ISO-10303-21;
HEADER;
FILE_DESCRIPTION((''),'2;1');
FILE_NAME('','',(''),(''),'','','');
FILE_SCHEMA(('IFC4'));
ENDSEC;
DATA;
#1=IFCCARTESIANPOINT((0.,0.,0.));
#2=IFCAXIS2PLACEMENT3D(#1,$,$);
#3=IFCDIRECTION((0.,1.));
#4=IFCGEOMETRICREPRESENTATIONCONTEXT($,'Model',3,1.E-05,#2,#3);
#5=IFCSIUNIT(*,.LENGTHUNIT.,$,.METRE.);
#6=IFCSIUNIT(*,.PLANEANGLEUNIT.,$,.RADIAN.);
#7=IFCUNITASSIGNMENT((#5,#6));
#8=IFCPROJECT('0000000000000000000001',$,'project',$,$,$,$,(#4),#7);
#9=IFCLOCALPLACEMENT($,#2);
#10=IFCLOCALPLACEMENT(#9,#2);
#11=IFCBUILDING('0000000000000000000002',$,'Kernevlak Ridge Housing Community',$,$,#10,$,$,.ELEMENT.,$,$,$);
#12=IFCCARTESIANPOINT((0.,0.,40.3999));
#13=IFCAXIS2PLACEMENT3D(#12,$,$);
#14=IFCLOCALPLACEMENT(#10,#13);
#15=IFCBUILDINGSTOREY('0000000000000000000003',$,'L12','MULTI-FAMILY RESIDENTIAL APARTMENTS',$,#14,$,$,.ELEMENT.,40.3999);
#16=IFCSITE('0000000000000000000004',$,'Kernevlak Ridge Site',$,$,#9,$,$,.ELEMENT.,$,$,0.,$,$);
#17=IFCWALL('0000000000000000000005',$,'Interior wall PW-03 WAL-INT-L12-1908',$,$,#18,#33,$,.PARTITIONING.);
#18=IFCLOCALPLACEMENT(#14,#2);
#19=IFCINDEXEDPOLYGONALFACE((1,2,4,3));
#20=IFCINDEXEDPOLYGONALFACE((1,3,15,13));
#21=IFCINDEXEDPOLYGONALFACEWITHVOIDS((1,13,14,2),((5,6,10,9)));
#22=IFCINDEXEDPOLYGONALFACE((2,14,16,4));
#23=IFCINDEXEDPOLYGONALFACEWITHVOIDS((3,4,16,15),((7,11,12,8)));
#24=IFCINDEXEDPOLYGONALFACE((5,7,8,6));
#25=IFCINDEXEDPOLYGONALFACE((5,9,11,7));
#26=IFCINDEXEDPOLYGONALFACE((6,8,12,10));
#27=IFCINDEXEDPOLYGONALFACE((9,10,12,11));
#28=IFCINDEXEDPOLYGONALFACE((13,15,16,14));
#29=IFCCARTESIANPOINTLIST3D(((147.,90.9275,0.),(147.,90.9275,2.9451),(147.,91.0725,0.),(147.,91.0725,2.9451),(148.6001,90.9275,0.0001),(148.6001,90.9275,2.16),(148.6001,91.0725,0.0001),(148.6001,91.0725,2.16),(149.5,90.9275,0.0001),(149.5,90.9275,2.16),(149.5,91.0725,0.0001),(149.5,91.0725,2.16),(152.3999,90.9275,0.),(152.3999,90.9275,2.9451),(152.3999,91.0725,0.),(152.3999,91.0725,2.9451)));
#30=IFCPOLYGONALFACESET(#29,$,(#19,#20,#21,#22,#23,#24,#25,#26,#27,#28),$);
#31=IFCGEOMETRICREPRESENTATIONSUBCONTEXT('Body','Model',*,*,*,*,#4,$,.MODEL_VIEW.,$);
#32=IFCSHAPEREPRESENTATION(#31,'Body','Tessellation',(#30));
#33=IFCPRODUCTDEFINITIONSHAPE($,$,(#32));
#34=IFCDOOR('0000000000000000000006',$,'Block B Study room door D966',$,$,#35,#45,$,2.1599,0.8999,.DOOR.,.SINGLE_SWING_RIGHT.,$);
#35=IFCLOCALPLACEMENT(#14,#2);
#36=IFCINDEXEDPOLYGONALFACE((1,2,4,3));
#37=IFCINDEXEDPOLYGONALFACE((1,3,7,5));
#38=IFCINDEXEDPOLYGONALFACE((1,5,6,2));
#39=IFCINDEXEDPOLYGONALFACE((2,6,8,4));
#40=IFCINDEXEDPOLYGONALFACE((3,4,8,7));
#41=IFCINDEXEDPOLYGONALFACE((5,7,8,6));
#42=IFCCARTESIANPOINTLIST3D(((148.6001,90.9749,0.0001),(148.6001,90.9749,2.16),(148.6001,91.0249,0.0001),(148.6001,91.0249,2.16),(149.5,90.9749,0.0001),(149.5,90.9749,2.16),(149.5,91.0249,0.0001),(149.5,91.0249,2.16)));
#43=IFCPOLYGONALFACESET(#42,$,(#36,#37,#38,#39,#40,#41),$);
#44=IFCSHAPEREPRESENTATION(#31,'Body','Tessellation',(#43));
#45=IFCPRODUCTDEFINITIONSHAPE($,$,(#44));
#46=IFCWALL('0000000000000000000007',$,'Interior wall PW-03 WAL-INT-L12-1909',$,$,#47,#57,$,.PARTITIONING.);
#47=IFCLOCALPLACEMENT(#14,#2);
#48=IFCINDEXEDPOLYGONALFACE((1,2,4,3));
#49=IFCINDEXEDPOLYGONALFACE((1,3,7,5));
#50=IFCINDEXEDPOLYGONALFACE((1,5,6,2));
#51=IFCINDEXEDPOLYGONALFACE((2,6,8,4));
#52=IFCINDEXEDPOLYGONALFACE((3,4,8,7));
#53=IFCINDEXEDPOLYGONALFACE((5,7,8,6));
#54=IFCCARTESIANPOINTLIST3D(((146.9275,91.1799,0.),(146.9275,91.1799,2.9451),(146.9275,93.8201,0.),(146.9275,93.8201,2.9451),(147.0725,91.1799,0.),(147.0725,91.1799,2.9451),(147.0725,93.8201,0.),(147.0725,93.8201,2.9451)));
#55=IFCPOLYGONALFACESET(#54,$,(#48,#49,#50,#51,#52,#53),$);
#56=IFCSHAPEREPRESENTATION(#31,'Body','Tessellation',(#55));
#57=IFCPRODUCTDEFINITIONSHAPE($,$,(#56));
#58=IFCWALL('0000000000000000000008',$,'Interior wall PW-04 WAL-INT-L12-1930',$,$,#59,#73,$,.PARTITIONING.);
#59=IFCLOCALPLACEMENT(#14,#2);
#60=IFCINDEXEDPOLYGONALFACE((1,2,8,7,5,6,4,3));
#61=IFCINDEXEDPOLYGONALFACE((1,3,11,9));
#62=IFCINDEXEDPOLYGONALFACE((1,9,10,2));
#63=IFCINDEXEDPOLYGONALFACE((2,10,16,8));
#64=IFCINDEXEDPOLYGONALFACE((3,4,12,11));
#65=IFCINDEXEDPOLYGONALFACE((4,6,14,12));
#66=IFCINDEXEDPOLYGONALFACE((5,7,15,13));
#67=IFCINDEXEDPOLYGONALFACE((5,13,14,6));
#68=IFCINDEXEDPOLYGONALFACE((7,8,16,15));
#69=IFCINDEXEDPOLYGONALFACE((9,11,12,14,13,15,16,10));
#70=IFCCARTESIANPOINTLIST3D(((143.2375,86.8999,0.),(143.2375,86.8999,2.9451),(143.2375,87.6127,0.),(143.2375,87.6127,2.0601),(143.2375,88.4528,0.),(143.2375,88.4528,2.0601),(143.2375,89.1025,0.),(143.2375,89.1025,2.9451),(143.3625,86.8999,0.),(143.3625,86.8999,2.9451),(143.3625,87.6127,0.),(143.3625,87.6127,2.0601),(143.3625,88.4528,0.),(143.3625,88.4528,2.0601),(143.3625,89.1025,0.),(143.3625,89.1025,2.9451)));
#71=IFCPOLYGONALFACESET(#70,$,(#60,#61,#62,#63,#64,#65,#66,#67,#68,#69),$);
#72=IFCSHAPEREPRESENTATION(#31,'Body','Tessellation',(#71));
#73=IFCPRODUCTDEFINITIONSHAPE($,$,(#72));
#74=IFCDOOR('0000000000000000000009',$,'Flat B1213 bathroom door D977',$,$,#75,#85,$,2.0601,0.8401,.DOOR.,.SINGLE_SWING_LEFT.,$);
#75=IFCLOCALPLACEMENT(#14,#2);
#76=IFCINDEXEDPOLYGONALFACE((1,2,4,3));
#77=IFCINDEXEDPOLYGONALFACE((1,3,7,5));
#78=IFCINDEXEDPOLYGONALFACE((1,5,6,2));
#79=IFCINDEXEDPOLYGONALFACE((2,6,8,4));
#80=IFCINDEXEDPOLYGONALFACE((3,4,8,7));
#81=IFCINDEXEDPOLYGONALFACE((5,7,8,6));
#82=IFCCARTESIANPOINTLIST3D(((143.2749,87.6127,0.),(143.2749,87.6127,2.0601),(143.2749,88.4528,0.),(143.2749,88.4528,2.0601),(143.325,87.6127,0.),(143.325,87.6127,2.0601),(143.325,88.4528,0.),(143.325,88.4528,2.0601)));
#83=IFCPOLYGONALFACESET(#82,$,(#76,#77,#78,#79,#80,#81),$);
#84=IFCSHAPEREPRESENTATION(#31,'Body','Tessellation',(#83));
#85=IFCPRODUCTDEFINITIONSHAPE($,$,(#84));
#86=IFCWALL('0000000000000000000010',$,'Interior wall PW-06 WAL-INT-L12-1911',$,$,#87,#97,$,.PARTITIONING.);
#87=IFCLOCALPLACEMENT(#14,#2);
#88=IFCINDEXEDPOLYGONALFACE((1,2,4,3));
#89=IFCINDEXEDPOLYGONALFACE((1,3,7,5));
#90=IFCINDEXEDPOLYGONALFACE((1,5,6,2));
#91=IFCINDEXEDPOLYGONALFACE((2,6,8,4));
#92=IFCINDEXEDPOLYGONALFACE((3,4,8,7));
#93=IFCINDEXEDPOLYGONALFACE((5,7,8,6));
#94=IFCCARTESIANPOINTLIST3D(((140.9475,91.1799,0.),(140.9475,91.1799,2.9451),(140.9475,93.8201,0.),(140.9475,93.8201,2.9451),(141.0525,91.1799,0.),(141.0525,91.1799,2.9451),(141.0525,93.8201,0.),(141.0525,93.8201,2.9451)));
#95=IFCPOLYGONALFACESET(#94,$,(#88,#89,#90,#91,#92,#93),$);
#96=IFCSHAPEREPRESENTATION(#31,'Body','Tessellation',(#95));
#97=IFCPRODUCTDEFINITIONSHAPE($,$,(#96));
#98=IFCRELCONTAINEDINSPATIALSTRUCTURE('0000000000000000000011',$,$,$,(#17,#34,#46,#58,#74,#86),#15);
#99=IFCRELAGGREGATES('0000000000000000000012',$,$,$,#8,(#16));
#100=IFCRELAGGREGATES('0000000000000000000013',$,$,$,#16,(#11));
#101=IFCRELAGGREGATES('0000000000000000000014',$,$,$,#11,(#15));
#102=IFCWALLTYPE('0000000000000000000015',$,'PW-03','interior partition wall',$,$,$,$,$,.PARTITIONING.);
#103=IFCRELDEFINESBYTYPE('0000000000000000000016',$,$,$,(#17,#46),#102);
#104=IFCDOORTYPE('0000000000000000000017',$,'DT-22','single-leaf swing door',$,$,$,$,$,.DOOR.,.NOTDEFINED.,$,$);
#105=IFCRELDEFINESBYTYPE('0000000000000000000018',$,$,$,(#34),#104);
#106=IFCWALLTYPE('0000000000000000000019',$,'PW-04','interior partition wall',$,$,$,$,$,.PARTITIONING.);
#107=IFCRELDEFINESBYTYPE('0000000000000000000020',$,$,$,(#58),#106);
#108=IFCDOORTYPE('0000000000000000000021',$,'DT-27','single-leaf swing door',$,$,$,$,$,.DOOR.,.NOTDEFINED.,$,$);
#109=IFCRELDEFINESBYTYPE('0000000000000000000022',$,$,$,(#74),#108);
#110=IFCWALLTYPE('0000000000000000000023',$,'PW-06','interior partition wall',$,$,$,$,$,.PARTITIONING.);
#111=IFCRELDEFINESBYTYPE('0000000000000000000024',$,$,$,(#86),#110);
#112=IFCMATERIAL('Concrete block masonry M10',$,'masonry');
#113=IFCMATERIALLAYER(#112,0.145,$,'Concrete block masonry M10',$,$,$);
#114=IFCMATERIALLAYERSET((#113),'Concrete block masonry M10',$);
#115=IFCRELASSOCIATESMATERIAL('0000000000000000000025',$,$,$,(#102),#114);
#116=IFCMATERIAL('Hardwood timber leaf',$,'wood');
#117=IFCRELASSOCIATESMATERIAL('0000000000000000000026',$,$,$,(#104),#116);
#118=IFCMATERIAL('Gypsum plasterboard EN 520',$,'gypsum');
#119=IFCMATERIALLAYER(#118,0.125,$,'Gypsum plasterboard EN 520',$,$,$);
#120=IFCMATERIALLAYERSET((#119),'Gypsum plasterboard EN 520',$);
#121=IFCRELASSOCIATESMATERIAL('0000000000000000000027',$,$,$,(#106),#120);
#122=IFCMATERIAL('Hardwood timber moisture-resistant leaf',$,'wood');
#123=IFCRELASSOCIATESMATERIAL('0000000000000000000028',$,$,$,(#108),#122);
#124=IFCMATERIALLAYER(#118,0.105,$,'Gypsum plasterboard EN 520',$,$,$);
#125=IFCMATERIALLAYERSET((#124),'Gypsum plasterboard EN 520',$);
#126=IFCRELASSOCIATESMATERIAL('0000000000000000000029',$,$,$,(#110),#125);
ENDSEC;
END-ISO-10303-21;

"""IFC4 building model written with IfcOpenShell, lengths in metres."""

from ifc_helpers import new_model, si_unit, direction, frame, frame_2d, origin, place, context, subcontext, project, spatial, rectangle, extrude, material, layer, layer_set, type_object, element, fill, save


model = new_model("IFC4")

# Units and contexts
model_context = context("Model", 3, precision=1e-05, world=origin(), true_north=direction((0.0, 1.0)))
body_context = subcontext(model_context, "Body", "Model", "MODEL_VIEW")
ifc_project = project(units=[si_unit("LENGTHUNIT", "METRE"), si_unit("PLANEANGLEUNIT", "RADIAN")], contexts=[model_context])

# Site, building, storey
site_placement = place(None, origin())
site = spatial("IfcSite", under=ifc_project, at=site_placement, Name="Kernevlak Ridge Site", CompositionType="ELEMENT", RefElevation=0.0)
building_placement = place(site_placement, origin())
building = spatial("IfcBuilding", under=site, at=building_placement, Name="Kernevlak Ridge Housing Community", CompositionType="ELEMENT")
storey_placement = place(building_placement, frame((0.0, 0.0, 40.3999)))
storey = spatial("IfcBuildingStorey", under=building, at=storey_placement, Name="L12", Description="MULTI-FAMILY RESIDENTIAL APARTMENTS", CompositionType="ELEMENT", Elevation=40.3999)

# Shared definitions
ifc_material_1 = material(Name="Concrete block masonry M10", Category="masonry")

# Wall, opening, door
ifc_layer_1 = layer(ifc_material_1, 0.145, Name="Concrete block masonry M10")
ifc_layer_set_1 = layer_set([ifc_layer_1], Name="Concrete block masonry M10")
wall_type_1 = type_object("IfcWallType", Name="PW-03", Description="interior partition wall", PredefinedType="PARTITIONING", material=ifc_layer_set_1)
ifc_material_2 = material(Name="Hardwood timber leaf", Category="wood")
wall_1_placement = place(storey_placement, frame((147.0, 91.0, 0.0), z_axis=(0.0, 0.0, 1.0), x_axis=(1.0, 0.0, 0.0)))
wall_1 = element("IfcWall", 1, at=wall_1_placement, inside=storey, type_object=wall_type_1, Name="Interior wall PW-03 WAL-INT-L12-1908", PredefinedType="PARTITIONING", context=body_context, shape_type="SweptSolid", body=[
    extrude(rectangle(XDim=5.3999, YDim=0.145, at=frame_2d((2.7, 0.0))), origin(), (0.0, 0.0, 1.0), 2.9451),
])
opening_1_placement = place(wall_1_placement, frame((1.6001, 0.0, 0.0)))
opening_1 = element("IfcOpeningElement", 2, at=opening_1_placement, cuts=wall_1, PredefinedType="OPENING", context=body_context, shape_type="SweptSolid", body=[
    extrude(rectangle(XDim=0.8999, YDim=2.1599, at=frame_2d((0.45, 1.0801))), frame((0.0, 0.0825, 0.0), z_axis=(0.0, -1.0, 0.0), x_axis=(1.0, 0.0, 0.0)), (0.0, 0.0, 1.0), 0.165),
])
door_type_1 = type_object("IfcDoorType", Name="DT-22", Description="single-leaf swing door", OperationType="NOTDEFINED", PredefinedType="DOOR", material=ifc_material_2)
door_1_placement = place(opening_1_placement, origin())
door_1 = element("IfcDoor", 3, at=door_1_placement, inside=storey, type_object=door_type_1, Name="Block B Study room door D966", OperationType="SINGLE_SWING_RIGHT", OverallHeight=2.1599, OverallWidth=0.8999, PredefinedType="DOOR", context=body_context, shape_type="SweptSolid", body=[
    extrude(rectangle(XDim=0.8999, YDim=2.1599, at=frame_2d((0.45, 1.0801))), frame((0.0, 0.0249, 0.0), z_axis=(0.0, -1.0, 0.0), x_axis=(1.0, 0.0, 0.0)), (0.0, 0.0, 1.0), 0.05),
])
fill(opening_1, door_1)

# Wall
wall_2_placement = place(storey_placement, frame((147.0, 91.1799, 0.0), z_axis=(0.0, 0.0, 1.0), x_axis=(0.0, 1.0, 0.0)))
element("IfcWall", 4, at=wall_2_placement, inside=storey, type_object=wall_type_1, Name="Interior wall PW-03 WAL-INT-L12-1909", PredefinedType="PARTITIONING", context=body_context, shape_type="SweptSolid", body=[
    extrude(rectangle(XDim=2.6401, YDim=0.145, at=frame_2d((1.3201, 0.0))), origin(), (0.0, 0.0, 1.0), 2.9451),
])

# Wall, opening, door
ifc_material_3 = material(Name="Gypsum plasterboard EN 520", Category="gypsum")
ifc_layer_2 = layer(ifc_material_3, 0.125, Name="Gypsum plasterboard EN 520")
ifc_layer_set_2 = layer_set([ifc_layer_2], Name="Gypsum plasterboard EN 520")
wall_type_2 = type_object("IfcWallType", Name="PW-04", Description="interior partition wall", PredefinedType="PARTITIONING", material=ifc_layer_set_2)
wall_3_placement = place(storey_placement, frame((143.3, 89.1025, 0.0), z_axis=(0.0, 0.0, 1.0), x_axis=(0.0, -1.0, 0.0)))
wall_3 = element("IfcWall", 5, at=wall_3_placement, inside=storey, type_object=wall_type_2, Name="Interior wall PW-04 WAL-INT-L12-1930", PredefinedType="PARTITIONING", context=body_context, shape_type="SweptSolid", body=[
    extrude(rectangle(XDim=2.2026, YDim=0.125, at=frame_2d((1.1013, 0.0))), origin(), (0.0, 0.0, 1.0), 2.9451),
])
opening_2_placement = place(wall_3_placement, frame((0.6499, 0.0, 0.0)))
opening_2 = element("IfcOpeningElement", 6, at=opening_2_placement, cuts=wall_3, PredefinedType="OPENING", context=body_context, shape_type="SweptSolid", body=[
    extrude(rectangle(XDim=0.8401, YDim=2.0601, at=frame_2d((0.4199, 1.03))), frame((0.0, 0.0725, 0.0), z_axis=(0.0, -1.0, 0.0), x_axis=(1.0, 0.0, 0.0)), (0.0, 0.0, 1.0), 0.145),
])
ifc_material_4 = material(Name="Hardwood timber moisture-resistant leaf", Category="wood")
door_type_2 = type_object("IfcDoorType", Name="DT-27", Description="single-leaf swing door", OperationType="NOTDEFINED", PredefinedType="DOOR", material=ifc_material_4)
door_2_placement = place(opening_2_placement, origin())
door_2 = element("IfcDoor", 7, at=door_2_placement, inside=storey, type_object=door_type_2, Name="Flat B1213 bathroom door D977", OperationType="SINGLE_SWING_LEFT", OverallHeight=2.0601, OverallWidth=0.8401, PredefinedType="DOOR", context=body_context, shape_type="SweptSolid", body=[
    extrude(rectangle(XDim=0.8401, YDim=2.0601, at=frame_2d((0.4199, 1.03))), frame((0.0, 0.0249, 0.0), z_axis=(0.0, -1.0, 0.0), x_axis=(1.0, 0.0, 0.0)), (0.0, 0.0, 1.0), 0.05),
])
fill(opening_2, door_2)

# Wall
ifc_layer_3 = layer(ifc_material_3, 0.105, Name="Gypsum plasterboard EN 520")
ifc_layer_set_3 = layer_set([ifc_layer_3], Name="Gypsum plasterboard EN 520")
wall_type_3 = type_object("IfcWallType", Name="PW-06", Description="interior partition wall", PredefinedType="PARTITIONING", material=ifc_layer_set_3)
wall_4_placement = place(storey_placement, frame((141.0, 91.1799, 0.0), z_axis=(0.0, 0.0, 1.0), x_axis=(0.0, 1.0, 0.0)))
element("IfcWall", 8, at=wall_4_placement, inside=storey, type_object=wall_type_3, Name="Interior wall PW-06 WAL-INT-L12-1911", PredefinedType="PARTITIONING", context=body_context, shape_type="SweptSolid", body=[
    extrude(rectangle(XDim=2.6401, YDim=0.105, at=frame_2d((1.3201, 0.0))), origin(), (0.0, 0.0, 1.0), 2.9451),
])

save(model, "model.ifc")
